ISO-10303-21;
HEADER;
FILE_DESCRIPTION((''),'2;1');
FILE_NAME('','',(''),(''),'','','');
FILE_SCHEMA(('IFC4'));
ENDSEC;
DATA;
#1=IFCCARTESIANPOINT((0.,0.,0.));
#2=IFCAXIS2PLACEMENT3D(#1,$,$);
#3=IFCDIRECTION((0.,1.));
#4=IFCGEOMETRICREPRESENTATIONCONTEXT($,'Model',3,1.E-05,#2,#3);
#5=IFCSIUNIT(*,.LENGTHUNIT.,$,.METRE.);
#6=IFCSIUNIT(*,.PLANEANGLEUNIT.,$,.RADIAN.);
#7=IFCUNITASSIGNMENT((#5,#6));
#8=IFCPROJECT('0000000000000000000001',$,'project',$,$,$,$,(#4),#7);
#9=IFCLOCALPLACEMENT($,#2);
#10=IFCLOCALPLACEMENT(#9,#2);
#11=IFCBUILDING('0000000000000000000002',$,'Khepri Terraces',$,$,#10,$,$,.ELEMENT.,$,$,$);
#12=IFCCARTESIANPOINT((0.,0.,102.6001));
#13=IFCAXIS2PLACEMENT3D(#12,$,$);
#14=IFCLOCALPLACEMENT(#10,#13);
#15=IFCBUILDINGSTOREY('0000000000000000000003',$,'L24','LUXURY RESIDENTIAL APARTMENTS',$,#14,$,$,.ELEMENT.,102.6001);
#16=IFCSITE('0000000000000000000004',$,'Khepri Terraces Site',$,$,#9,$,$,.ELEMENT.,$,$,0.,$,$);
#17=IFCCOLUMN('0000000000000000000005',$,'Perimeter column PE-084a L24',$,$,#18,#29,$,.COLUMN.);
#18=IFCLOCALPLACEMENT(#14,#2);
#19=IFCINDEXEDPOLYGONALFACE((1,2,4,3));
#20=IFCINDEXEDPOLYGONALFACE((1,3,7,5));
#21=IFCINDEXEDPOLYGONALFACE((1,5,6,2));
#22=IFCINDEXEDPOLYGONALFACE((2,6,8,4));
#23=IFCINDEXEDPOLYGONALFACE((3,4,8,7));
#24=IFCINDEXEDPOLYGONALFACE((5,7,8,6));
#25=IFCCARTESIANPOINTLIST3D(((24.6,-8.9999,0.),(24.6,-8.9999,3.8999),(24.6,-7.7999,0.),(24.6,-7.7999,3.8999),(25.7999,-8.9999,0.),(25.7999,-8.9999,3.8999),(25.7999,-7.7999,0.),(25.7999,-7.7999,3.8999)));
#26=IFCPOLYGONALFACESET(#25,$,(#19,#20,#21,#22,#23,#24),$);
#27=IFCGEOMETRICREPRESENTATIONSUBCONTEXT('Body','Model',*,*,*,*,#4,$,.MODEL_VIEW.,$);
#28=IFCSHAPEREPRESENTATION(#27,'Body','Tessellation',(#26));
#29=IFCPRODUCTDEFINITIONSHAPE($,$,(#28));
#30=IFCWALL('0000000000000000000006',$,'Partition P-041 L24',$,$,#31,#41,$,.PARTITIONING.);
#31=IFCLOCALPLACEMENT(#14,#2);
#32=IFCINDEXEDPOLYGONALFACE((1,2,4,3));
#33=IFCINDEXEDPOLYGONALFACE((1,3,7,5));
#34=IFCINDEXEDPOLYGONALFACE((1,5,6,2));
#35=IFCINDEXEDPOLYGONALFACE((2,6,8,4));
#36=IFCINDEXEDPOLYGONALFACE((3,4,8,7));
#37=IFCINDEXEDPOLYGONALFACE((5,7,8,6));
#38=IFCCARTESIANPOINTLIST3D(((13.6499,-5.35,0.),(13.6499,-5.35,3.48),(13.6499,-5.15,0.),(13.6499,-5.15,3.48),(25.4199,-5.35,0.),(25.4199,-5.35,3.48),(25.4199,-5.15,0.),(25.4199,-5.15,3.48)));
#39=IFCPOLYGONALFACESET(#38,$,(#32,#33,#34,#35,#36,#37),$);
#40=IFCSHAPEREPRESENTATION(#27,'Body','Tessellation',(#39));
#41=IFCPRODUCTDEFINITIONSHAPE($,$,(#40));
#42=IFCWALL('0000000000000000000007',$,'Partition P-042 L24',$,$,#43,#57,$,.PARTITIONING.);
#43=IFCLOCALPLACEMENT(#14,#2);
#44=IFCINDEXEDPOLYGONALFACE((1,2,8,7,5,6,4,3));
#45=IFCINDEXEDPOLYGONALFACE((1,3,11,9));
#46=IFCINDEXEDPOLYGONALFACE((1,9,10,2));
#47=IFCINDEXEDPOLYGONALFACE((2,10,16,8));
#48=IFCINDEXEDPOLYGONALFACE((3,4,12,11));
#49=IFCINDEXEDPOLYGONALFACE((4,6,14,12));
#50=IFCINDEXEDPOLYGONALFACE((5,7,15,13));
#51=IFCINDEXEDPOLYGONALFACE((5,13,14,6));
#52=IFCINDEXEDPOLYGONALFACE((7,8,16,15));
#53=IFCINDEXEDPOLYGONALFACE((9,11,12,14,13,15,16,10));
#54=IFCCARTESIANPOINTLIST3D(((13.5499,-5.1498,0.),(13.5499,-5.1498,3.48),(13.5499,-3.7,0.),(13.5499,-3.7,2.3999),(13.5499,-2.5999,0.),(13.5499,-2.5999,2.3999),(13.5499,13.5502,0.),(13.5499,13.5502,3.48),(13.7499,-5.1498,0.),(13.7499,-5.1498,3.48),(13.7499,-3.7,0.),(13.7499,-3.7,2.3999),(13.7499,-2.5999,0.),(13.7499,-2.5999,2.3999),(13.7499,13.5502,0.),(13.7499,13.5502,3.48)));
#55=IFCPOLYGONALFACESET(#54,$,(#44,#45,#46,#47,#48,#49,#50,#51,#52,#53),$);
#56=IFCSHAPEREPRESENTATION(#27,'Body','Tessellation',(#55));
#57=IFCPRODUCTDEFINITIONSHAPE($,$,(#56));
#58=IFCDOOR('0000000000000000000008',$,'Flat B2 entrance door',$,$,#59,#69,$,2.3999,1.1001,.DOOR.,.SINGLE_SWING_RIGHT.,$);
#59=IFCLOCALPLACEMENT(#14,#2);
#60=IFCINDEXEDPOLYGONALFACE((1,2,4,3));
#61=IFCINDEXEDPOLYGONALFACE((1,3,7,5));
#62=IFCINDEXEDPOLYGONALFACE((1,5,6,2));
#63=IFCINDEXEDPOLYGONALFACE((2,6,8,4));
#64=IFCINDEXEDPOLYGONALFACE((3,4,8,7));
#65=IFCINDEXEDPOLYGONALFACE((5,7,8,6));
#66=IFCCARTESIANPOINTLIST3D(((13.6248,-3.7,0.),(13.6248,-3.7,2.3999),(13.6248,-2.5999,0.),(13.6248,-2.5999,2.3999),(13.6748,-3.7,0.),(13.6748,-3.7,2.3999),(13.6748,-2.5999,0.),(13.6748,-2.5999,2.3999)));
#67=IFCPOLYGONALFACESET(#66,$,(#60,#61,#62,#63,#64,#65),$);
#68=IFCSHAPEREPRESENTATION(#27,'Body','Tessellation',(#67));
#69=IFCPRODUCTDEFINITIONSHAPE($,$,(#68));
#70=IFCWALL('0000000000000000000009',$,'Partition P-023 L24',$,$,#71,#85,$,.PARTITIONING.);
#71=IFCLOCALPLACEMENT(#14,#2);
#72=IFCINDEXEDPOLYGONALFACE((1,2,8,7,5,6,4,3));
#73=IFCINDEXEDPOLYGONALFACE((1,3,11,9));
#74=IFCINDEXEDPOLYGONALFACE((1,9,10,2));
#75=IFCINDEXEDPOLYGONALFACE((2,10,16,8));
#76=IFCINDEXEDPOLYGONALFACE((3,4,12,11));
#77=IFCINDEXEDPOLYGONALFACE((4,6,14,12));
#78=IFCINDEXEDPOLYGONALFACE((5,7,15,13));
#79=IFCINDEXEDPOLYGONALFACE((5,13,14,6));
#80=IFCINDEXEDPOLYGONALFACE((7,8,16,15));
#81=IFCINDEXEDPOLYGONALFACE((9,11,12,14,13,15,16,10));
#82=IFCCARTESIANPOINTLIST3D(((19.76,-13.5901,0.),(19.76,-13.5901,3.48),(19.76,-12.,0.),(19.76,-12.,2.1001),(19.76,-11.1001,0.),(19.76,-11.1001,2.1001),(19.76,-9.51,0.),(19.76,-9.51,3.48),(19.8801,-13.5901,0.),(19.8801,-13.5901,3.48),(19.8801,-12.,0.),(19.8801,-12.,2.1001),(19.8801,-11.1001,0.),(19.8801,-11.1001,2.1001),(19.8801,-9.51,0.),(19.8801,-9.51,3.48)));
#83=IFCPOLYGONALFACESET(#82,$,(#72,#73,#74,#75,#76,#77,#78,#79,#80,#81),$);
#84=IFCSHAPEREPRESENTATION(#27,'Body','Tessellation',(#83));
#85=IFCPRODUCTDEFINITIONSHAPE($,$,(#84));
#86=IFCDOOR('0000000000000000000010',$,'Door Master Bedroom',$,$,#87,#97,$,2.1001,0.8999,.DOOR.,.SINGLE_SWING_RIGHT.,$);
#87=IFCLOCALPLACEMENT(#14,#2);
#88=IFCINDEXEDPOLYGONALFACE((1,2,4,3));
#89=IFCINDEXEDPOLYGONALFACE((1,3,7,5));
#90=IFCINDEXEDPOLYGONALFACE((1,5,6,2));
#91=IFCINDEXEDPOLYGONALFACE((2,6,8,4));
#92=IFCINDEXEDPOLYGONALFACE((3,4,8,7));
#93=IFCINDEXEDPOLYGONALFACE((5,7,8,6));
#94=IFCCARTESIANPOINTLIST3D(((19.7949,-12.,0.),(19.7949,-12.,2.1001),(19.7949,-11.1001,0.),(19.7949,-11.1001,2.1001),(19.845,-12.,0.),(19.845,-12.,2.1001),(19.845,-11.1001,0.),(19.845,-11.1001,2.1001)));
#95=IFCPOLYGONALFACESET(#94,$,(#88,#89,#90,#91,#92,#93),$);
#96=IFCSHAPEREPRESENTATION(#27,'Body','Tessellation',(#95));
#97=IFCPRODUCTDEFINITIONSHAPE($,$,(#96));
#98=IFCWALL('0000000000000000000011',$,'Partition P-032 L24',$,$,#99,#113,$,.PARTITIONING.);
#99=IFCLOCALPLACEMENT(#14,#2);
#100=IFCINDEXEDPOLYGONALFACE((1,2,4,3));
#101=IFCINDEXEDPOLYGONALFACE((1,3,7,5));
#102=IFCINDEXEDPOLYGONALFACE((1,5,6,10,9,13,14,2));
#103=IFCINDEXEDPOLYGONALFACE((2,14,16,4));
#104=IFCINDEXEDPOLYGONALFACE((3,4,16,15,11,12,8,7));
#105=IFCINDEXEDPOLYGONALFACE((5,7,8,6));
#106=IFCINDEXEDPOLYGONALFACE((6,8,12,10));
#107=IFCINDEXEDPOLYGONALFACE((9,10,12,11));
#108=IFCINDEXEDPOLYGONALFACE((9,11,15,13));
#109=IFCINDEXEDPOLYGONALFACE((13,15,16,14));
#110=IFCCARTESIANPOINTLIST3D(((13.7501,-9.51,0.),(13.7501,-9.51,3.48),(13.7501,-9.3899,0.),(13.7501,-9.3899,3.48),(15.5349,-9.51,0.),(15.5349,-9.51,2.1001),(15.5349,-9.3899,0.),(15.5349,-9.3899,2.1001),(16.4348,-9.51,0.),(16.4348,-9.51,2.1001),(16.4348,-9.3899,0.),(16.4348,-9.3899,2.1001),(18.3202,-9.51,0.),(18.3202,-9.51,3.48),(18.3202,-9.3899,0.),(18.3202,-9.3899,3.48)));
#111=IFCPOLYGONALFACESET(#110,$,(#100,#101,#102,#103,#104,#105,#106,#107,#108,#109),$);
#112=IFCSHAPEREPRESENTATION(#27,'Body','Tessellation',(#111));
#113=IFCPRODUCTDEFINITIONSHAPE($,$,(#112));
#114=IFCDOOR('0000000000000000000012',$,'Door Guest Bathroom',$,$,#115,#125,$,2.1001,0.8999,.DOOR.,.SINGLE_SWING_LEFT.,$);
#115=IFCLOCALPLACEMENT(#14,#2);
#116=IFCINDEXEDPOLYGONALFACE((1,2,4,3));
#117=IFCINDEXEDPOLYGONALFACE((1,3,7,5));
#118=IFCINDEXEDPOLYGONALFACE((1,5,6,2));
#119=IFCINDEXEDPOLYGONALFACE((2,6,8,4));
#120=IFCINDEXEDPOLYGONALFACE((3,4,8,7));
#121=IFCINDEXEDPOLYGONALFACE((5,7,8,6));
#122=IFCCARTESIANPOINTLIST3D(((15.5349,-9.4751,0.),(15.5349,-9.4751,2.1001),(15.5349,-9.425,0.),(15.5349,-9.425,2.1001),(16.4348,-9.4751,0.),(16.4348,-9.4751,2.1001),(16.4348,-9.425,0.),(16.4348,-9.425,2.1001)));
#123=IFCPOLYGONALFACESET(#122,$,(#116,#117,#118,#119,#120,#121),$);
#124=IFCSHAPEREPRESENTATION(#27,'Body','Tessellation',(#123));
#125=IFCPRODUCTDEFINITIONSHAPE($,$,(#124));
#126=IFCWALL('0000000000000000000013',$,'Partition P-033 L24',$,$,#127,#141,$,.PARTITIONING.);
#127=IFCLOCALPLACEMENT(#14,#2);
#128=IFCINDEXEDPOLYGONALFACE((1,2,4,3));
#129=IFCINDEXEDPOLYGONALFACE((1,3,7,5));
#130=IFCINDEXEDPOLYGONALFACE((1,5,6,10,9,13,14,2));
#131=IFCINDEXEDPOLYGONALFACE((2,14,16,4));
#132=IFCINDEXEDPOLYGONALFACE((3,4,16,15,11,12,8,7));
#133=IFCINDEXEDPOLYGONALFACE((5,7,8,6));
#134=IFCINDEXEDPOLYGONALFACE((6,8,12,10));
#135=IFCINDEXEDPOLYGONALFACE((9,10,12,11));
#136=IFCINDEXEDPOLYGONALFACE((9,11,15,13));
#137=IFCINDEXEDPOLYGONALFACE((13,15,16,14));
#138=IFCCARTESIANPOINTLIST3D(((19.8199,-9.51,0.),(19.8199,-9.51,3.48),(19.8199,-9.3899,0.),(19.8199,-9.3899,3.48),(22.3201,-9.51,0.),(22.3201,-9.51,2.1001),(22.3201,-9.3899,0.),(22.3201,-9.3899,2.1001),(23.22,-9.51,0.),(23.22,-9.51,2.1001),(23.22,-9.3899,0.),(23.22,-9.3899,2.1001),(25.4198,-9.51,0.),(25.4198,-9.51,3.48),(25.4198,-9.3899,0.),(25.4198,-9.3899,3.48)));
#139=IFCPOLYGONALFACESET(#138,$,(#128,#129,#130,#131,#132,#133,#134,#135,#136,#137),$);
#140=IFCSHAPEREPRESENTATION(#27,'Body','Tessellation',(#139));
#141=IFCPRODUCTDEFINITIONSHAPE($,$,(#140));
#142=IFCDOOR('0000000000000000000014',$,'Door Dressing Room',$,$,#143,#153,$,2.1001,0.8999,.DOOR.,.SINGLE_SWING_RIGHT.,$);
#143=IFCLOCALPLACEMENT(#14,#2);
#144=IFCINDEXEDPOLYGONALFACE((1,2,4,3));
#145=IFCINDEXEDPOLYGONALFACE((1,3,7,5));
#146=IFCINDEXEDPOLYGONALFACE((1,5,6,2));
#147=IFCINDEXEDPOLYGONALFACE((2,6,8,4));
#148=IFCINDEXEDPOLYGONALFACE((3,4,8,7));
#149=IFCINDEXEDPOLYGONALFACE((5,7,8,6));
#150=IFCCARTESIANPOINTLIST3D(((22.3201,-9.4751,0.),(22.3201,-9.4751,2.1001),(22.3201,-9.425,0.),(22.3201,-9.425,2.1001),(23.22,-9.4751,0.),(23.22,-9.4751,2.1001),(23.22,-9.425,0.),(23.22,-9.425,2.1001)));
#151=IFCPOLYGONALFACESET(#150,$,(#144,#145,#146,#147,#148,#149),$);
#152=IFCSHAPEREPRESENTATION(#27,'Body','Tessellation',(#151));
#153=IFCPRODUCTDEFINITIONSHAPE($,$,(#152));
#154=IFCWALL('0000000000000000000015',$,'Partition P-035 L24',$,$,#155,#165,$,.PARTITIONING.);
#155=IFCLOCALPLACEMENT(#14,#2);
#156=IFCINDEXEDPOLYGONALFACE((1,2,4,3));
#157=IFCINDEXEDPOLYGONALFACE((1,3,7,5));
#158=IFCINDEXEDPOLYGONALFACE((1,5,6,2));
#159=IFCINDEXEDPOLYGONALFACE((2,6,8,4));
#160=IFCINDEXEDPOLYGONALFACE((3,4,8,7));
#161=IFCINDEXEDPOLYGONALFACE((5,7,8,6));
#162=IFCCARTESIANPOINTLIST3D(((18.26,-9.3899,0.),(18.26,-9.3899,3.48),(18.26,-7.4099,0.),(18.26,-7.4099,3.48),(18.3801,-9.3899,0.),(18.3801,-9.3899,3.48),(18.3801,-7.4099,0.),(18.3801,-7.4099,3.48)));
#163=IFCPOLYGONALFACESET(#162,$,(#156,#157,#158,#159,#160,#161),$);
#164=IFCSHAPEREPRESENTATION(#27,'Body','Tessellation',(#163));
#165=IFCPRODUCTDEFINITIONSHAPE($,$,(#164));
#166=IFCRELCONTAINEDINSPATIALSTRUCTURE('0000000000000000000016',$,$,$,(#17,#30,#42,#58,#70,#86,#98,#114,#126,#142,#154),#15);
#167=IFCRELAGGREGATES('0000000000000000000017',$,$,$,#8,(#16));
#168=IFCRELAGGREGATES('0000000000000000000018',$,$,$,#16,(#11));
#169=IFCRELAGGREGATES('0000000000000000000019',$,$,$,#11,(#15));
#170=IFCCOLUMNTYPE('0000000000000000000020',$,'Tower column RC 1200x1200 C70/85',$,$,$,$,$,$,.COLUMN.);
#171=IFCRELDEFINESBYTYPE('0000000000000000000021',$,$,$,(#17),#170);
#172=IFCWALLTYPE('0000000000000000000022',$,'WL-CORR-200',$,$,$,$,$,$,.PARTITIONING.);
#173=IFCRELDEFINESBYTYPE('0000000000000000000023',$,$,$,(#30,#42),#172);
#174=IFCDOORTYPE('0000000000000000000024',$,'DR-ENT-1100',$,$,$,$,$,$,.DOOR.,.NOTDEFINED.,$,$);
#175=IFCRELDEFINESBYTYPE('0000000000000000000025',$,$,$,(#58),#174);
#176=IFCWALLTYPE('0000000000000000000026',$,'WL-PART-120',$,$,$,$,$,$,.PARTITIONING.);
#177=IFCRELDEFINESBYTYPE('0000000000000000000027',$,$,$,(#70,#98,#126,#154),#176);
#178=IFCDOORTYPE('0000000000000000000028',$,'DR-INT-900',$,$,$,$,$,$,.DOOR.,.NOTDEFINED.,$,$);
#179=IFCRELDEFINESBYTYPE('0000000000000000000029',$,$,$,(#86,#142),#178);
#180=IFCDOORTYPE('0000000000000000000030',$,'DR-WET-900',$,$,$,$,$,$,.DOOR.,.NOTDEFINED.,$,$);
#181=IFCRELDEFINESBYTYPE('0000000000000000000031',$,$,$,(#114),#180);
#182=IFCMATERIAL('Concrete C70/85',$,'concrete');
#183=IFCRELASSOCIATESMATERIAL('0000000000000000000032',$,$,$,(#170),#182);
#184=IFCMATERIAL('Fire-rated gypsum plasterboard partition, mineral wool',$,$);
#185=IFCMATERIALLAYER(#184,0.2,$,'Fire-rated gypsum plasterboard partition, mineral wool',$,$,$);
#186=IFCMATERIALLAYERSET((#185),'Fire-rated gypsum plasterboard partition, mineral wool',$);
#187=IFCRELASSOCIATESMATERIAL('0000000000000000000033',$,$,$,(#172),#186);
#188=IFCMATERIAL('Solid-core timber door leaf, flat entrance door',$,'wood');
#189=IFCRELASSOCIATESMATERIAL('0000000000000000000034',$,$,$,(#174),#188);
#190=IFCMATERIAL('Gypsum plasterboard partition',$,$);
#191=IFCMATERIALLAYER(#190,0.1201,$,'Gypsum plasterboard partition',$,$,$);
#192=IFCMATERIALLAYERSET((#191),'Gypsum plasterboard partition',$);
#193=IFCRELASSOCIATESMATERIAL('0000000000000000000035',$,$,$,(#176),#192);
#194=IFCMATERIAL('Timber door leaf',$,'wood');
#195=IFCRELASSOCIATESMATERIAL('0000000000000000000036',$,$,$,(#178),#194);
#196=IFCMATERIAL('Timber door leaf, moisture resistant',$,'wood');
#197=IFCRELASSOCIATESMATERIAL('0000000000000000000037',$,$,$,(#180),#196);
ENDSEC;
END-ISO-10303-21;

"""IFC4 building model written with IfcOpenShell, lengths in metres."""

from ifc_helpers import new_model, si_unit, direction, frame, frame_2d, origin, origin_2d, place, context, subcontext, project, spatial, rectangle, extrude, material, layer, layer_set, material_profile, profile_set, type_object, element, fill, save


model = new_model("IFC4")

# Units and contexts
model_context = context("Model", 3, precision=1e-05, world=origin(), true_north=direction((0.0, 1.0)))
body_context = subcontext(model_context, "Body", "Model", "MODEL_VIEW")
ifc_project = project(units=[si_unit("LENGTHUNIT", "METRE"), si_unit("PLANEANGLEUNIT", "RADIAN")], contexts=[model_context])

# Site, building, storey
site_placement = place(None, origin())
site = spatial("IfcSite", under=ifc_project, at=site_placement, Name="Khepri Terraces Site", CompositionType="ELEMENT", RefElevation=0.0)
building_placement = place(site_placement, origin())
building = spatial("IfcBuilding", under=site, at=building_placement, Name="Khepri Terraces", CompositionType="ELEMENT")
storey_placement = place(building_placement, frame((0.0, 0.0, 102.6001)))
storey = spatial("IfcBuildingStorey", under=building, at=storey_placement, Name="L24", Description="LUXURY RESIDENTIAL APARTMENTS", CompositionType="ELEMENT", Elevation=102.6001)

# Column
ifc_material_1 = material(Name="Concrete C70/85", Category="concrete")
ifc_material_profile = material_profile(ifc_material_1, rectangle(XDim=1.2, YDim=1.2, at=origin_2d()), Name="Concrete C70/85", Category="concrete")
ifc_profile_set = profile_set([ifc_material_profile], Name="Concrete C70/85")
column_type = type_object("IfcColumnType", Name="Tower column RC 1200x1200 C70/85", PredefinedType="COLUMN", material=ifc_profile_set)
column_placement = place(storey_placement, frame((25.2, -8.3999, 0.0), z_axis=(0.0, 0.0, 1.0), x_axis=(1.0, 0.0, 0.0)))
element("IfcColumn", 1, at=column_placement, inside=storey, type_object=column_type, Name="Perimeter column PE-084a L24", PredefinedType="COLUMN", context=body_context, shape_type="SweptSolid", body=[
    extrude(rectangle(XDim=1.2, YDim=1.2, at=origin_2d()), origin(), (0.0, 0.0, 1.0), 3.8999),
])

# Wall
ifc_material_2 = material(Name="Fire-rated gypsum plasterboard partition, mineral wool")
ifc_layer_1 = layer(ifc_material_2, 0.2, Name="Fire-rated gypsum plasterboard partition, mineral wool")
ifc_layer_set_1 = layer_set([ifc_layer_1], Name="Fire-rated gypsum plasterboard partition, mineral wool")
wall_type_1 = type_object("IfcWallType", Name="WL-CORR-200", PredefinedType="PARTITIONING", material=ifc_layer_set_1)
wall_1_placement = place(storey_placement, frame((13.6499, -5.25, 0.0), z_axis=(0.0, 0.0, 1.0), x_axis=(1.0, 0.0, 0.0)))
element("IfcWall", 2, at=wall_1_placement, inside=storey, type_object=wall_type_1, Name="Partition P-041 L24", PredefinedType="PARTITIONING", context=body_context, shape_type="SweptSolid", body=[
    extrude(rectangle(XDim=11.77, YDim=0.2, at=frame_2d((5.885, 0.0))), origin(), (0.0, 0.0, 1.0), 3.48),
])

# Wall, opening, door
wall_2_placement = place(storey_placement, frame((13.6499, -5.1499, 0.0), z_axis=(0.0, 0.0, 1.0), x_axis=(0.0, 1.0, 0.0)))
wall_2 = element("IfcWall", 3, at=wall_2_placement, inside=storey, type_object=wall_type_1, Name="Partition P-042 L24", PredefinedType="PARTITIONING", context=body_context, shape_type="SweptSolid", body=[
    extrude(rectangle(XDim=18.7, YDim=0.2, at=frame_2d((9.3501, 0.0))), origin(), (0.0, 0.0, 1.0), 3.48),
])
opening_1_placement = place(wall_2_placement, frame((1.45, 0.0, 0.0)))
opening_1 = element("IfcOpeningElement", 4, at=opening_1_placement, cuts=wall_2, PredefinedType="OPENING", context=body_context, shape_type="SweptSolid", body=[
    extrude(rectangle(XDim=1.1001, YDim=2.3999, at=frame_2d((0.55, 1.2))), frame((0.0, 0.1099, 0.0), z_axis=(0.0, -1.0, 0.0), x_axis=(1.0, 0.0, 0.0)), (0.0, 0.0, 1.0), 0.22),
])
ifc_material_3 = material(Name="Solid-core timber door leaf, flat entrance door", Category="wood")
door_type_1 = type_object("IfcDoorType", Name="DR-ENT-1100", OperationType="NOTDEFINED", PredefinedType="DOOR", material=ifc_material_3)
door_1_placement = place(opening_1_placement, frame((1.1001, 0.0, 0.0), z_axis=(0.0, 0.0, 1.0), x_axis=(-1.0, 0.0, 0.0)))
door_1 = element("IfcDoor", 5, at=door_1_placement, inside=storey, type_object=door_type_1, Name="Flat B2 entrance door", OperationType="SINGLE_SWING_RIGHT", OverallHeight=2.3999, OverallWidth=1.1001, PredefinedType="DOOR", context=body_context, shape_type="SweptSolid", body=[
    extrude(rectangle(XDim=1.1001, YDim=2.3999, at=frame_2d((0.55, 1.2))), frame((0.0, 0.0249, 0.0), z_axis=(0.0, -1.0, 0.0), x_axis=(1.0, 0.0, 0.0)), (0.0, 0.0, 1.0), 0.05),
])
fill(opening_1, door_1)

# Walls, openings, doors
ifc_material_4 = material(Name="Gypsum plasterboard partition")
ifc_layer_2 = layer(ifc_material_4, 0.1201, Name="Gypsum plasterboard partition")
ifc_layer_set_2 = layer_set([ifc_layer_2], Name="Gypsum plasterboard partition")
wall_type_2 = type_object("IfcWallType", Name="WL-PART-120", PredefinedType="PARTITIONING", material=ifc_layer_set_2)
wall_3_placement = place(storey_placement, frame((19.8201, -13.5901, 0.0), z_axis=(0.0, 0.0, 1.0), x_axis=(0.0, 1.0, 0.0)))
wall_3 = element("IfcWall", 6, at=wall_3_placement, inside=storey, type_object=wall_type_2, Name="Partition P-023 L24", PredefinedType="PARTITIONING", context=body_context, shape_type="SweptSolid", body=[
    extrude(rectangle(XDim=4.0801, YDim=0.1201, at=frame_2d((2.04, 0.0))), origin(), (0.0, 0.0, 1.0), 3.48),
])
opening_2_placement = place(wall_3_placement, frame((1.5901, 0.0, 0.0)))
opening_2 = element("IfcOpeningElement", 7, at=opening_2_placement, cuts=wall_3, PredefinedType="OPENING", context=body_context, shape_type="SweptSolid", body=[
    extrude(rectangle(XDim=0.8999, YDim=2.1001, at=frame_2d((0.45, 1.05))), frame((0.0, 0.0701, 0.0), z_axis=(0.0, -1.0, 0.0), x_axis=(1.0, 0.0, 0.0)), (0.0, 0.0, 1.0), 0.1401),
])
ifc_material_5 = material(Name="Timber door leaf", Category="wood")
door_type_2 = type_object("IfcDoorType", Name="DR-INT-900", OperationType="NOTDEFINED", PredefinedType="DOOR", material=ifc_material_5)
door_2_placement = place(opening_2_placement, frame((0.8999, 0.0, 0.0), z_axis=(0.0, 0.0, 1.0), x_axis=(-1.0, 0.0, 0.0)))
door_2 = element("IfcDoor", 8, at=door_2_placement, inside=storey, type_object=door_type_2, Name="Door Master Bedroom", OperationType="SINGLE_SWING_RIGHT", OverallHeight=2.1001, OverallWidth=0.8999, PredefinedType="DOOR", context=body_context, shape_type="SweptSolid", body=[
    extrude(rectangle(XDim=0.8999, YDim=2.1001, at=frame_2d((0.45, 1.05))), frame((0.0, 0.0249, 0.0), z_axis=(0.0, -1.0, 0.0), x_axis=(1.0, 0.0, 0.0)), (0.0, 0.0, 1.0), 0.05),
])
fill(opening_2, door_2)
wall_4_placement = place(storey_placement, frame((13.75, -9.45, 0.0), z_axis=(0.0, 0.0, 1.0), x_axis=(1.0, 0.0, 0.0)))
wall_4 = element("IfcWall", 9, at=wall_4_placement, inside=storey, type_object=wall_type_2, Name="Partition P-032 L24", PredefinedType="PARTITIONING", context=body_context, shape_type="SweptSolid", body=[
    extrude(rectangle(XDim=4.5701, YDim=0.1201, at=frame_2d((2.2852, 0.0))), origin(), (0.0, 0.0, 1.0), 3.48),
])
opening_3_placement = place(wall_4_placement, frame((1.7849, 0.0, 0.0)))
opening_3 = element("IfcOpeningElement", 10, at=opening_3_placement, cuts=wall_4, PredefinedType="OPENING", context=body_context, shape_type="SweptSolid", body=[
    extrude(rectangle(XDim=0.8999, YDim=2.1001, at=frame_2d((0.45, 1.05))), frame((0.0, 0.0701, 0.0), z_axis=(0.0, -1.0, 0.0), x_axis=(1.0, 0.0, 0.0)), (0.0, 0.0, 1.0), 0.1401),
])
ifc_material_6 = material(Name="Timber door leaf, moisture resistant", Category="wood")
door_type_3 = type_object("IfcDoorType", Name="DR-WET-900", OperationType="NOTDEFINED", PredefinedType="DOOR", material=ifc_material_6)
door_3_placement = place(opening_3_placement, origin())
door_3 = element("IfcDoor", 11, at=door_3_placement, inside=storey, type_object=door_type_3, Name="Door Guest Bathroom", OperationType="SINGLE_SWING_LEFT", OverallHeight=2.1001, OverallWidth=0.8999, PredefinedType="DOOR", context=body_context, shape_type="SweptSolid", body=[
    extrude(rectangle(XDim=0.8999, YDim=2.1001, at=frame_2d((0.45, 1.05))), frame((0.0, 0.0249, 0.0), z_axis=(0.0, -1.0, 0.0), x_axis=(1.0, 0.0, 0.0)), (0.0, 0.0, 1.0), 0.05),
])
fill(opening_3, door_3)
wall_5_placement = place(storey_placement, frame((19.8201, -9.45, 0.0), z_axis=(0.0, 0.0, 1.0), x_axis=(1.0, 0.0, 0.0)))
wall_5 = element("IfcWall", 12, at=wall_5_placement, inside=storey, type_object=wall_type_2, Name="Partition P-033 L24", PredefinedType="PARTITIONING", context=body_context, shape_type="SweptSolid", body=[
    extrude(rectangle(XDim=5.5999, YDim=0.1201, at=frame_2d((2.7998, 0.0))), origin(), (0.0, 0.0, 1.0), 3.48),
])
opening_4_placement = place(wall_5_placement, frame((2.5, 0.0, 0.0)))
opening_4 = element("IfcOpeningElement", 13, at=opening_4_placement, cuts=wall_5, PredefinedType="OPENING", context=body_context, shape_type="SweptSolid", body=[
    extrude(rectangle(XDim=0.8999, YDim=2.1001, at=frame_2d((0.45, 1.05))), frame((0.0, 0.0701, 0.0), z_axis=(0.0, -1.0, 0.0), x_axis=(1.0, 0.0, 0.0)), (0.0, 0.0, 1.0), 0.1401),
])
door_4_placement = place(opening_4_placement, origin())
door_4 = element("IfcDoor", 14, at=door_4_placement, inside=storey, type_object=door_type_2, Name="Door Dressing Room", OperationType="SINGLE_SWING_RIGHT", OverallHeight=2.1001, OverallWidth=0.8999, PredefinedType="DOOR", context=body_context, shape_type="SweptSolid", body=[
    extrude(rectangle(XDim=0.8999, YDim=2.1001, at=frame_2d((0.45, 1.05))), frame((0.0, 0.0249, 0.0), z_axis=(0.0, -1.0, 0.0), x_axis=(1.0, 0.0, 0.0)), (0.0, 0.0, 1.0), 0.05),
])
fill(opening_4, door_4)

# Wall
for number, where, z_axis, x_axis, name in (
    (15, (18.3201, -9.3899, 0.0), (0.0, 0.0, 1.0), (0.0, 1.0, 0.0), "Partition P-035 L24"),
):
    element("IfcWall", number, at=place(storey_placement, frame(where, z_axis=z_axis, x_axis=x_axis)), inside=storey, type_object=wall_type_2, Name=name, PredefinedType="PARTITIONING", context=body_context, shape_type="SweptSolid", body=[
        extrude(rectangle(XDim=1.98, YDim=0.1201, at=frame_2d((0.99, 0.0))), origin(), (0.0, 0.0, 1.0), 3.48),
    ])

save(model, "model.ifc")
